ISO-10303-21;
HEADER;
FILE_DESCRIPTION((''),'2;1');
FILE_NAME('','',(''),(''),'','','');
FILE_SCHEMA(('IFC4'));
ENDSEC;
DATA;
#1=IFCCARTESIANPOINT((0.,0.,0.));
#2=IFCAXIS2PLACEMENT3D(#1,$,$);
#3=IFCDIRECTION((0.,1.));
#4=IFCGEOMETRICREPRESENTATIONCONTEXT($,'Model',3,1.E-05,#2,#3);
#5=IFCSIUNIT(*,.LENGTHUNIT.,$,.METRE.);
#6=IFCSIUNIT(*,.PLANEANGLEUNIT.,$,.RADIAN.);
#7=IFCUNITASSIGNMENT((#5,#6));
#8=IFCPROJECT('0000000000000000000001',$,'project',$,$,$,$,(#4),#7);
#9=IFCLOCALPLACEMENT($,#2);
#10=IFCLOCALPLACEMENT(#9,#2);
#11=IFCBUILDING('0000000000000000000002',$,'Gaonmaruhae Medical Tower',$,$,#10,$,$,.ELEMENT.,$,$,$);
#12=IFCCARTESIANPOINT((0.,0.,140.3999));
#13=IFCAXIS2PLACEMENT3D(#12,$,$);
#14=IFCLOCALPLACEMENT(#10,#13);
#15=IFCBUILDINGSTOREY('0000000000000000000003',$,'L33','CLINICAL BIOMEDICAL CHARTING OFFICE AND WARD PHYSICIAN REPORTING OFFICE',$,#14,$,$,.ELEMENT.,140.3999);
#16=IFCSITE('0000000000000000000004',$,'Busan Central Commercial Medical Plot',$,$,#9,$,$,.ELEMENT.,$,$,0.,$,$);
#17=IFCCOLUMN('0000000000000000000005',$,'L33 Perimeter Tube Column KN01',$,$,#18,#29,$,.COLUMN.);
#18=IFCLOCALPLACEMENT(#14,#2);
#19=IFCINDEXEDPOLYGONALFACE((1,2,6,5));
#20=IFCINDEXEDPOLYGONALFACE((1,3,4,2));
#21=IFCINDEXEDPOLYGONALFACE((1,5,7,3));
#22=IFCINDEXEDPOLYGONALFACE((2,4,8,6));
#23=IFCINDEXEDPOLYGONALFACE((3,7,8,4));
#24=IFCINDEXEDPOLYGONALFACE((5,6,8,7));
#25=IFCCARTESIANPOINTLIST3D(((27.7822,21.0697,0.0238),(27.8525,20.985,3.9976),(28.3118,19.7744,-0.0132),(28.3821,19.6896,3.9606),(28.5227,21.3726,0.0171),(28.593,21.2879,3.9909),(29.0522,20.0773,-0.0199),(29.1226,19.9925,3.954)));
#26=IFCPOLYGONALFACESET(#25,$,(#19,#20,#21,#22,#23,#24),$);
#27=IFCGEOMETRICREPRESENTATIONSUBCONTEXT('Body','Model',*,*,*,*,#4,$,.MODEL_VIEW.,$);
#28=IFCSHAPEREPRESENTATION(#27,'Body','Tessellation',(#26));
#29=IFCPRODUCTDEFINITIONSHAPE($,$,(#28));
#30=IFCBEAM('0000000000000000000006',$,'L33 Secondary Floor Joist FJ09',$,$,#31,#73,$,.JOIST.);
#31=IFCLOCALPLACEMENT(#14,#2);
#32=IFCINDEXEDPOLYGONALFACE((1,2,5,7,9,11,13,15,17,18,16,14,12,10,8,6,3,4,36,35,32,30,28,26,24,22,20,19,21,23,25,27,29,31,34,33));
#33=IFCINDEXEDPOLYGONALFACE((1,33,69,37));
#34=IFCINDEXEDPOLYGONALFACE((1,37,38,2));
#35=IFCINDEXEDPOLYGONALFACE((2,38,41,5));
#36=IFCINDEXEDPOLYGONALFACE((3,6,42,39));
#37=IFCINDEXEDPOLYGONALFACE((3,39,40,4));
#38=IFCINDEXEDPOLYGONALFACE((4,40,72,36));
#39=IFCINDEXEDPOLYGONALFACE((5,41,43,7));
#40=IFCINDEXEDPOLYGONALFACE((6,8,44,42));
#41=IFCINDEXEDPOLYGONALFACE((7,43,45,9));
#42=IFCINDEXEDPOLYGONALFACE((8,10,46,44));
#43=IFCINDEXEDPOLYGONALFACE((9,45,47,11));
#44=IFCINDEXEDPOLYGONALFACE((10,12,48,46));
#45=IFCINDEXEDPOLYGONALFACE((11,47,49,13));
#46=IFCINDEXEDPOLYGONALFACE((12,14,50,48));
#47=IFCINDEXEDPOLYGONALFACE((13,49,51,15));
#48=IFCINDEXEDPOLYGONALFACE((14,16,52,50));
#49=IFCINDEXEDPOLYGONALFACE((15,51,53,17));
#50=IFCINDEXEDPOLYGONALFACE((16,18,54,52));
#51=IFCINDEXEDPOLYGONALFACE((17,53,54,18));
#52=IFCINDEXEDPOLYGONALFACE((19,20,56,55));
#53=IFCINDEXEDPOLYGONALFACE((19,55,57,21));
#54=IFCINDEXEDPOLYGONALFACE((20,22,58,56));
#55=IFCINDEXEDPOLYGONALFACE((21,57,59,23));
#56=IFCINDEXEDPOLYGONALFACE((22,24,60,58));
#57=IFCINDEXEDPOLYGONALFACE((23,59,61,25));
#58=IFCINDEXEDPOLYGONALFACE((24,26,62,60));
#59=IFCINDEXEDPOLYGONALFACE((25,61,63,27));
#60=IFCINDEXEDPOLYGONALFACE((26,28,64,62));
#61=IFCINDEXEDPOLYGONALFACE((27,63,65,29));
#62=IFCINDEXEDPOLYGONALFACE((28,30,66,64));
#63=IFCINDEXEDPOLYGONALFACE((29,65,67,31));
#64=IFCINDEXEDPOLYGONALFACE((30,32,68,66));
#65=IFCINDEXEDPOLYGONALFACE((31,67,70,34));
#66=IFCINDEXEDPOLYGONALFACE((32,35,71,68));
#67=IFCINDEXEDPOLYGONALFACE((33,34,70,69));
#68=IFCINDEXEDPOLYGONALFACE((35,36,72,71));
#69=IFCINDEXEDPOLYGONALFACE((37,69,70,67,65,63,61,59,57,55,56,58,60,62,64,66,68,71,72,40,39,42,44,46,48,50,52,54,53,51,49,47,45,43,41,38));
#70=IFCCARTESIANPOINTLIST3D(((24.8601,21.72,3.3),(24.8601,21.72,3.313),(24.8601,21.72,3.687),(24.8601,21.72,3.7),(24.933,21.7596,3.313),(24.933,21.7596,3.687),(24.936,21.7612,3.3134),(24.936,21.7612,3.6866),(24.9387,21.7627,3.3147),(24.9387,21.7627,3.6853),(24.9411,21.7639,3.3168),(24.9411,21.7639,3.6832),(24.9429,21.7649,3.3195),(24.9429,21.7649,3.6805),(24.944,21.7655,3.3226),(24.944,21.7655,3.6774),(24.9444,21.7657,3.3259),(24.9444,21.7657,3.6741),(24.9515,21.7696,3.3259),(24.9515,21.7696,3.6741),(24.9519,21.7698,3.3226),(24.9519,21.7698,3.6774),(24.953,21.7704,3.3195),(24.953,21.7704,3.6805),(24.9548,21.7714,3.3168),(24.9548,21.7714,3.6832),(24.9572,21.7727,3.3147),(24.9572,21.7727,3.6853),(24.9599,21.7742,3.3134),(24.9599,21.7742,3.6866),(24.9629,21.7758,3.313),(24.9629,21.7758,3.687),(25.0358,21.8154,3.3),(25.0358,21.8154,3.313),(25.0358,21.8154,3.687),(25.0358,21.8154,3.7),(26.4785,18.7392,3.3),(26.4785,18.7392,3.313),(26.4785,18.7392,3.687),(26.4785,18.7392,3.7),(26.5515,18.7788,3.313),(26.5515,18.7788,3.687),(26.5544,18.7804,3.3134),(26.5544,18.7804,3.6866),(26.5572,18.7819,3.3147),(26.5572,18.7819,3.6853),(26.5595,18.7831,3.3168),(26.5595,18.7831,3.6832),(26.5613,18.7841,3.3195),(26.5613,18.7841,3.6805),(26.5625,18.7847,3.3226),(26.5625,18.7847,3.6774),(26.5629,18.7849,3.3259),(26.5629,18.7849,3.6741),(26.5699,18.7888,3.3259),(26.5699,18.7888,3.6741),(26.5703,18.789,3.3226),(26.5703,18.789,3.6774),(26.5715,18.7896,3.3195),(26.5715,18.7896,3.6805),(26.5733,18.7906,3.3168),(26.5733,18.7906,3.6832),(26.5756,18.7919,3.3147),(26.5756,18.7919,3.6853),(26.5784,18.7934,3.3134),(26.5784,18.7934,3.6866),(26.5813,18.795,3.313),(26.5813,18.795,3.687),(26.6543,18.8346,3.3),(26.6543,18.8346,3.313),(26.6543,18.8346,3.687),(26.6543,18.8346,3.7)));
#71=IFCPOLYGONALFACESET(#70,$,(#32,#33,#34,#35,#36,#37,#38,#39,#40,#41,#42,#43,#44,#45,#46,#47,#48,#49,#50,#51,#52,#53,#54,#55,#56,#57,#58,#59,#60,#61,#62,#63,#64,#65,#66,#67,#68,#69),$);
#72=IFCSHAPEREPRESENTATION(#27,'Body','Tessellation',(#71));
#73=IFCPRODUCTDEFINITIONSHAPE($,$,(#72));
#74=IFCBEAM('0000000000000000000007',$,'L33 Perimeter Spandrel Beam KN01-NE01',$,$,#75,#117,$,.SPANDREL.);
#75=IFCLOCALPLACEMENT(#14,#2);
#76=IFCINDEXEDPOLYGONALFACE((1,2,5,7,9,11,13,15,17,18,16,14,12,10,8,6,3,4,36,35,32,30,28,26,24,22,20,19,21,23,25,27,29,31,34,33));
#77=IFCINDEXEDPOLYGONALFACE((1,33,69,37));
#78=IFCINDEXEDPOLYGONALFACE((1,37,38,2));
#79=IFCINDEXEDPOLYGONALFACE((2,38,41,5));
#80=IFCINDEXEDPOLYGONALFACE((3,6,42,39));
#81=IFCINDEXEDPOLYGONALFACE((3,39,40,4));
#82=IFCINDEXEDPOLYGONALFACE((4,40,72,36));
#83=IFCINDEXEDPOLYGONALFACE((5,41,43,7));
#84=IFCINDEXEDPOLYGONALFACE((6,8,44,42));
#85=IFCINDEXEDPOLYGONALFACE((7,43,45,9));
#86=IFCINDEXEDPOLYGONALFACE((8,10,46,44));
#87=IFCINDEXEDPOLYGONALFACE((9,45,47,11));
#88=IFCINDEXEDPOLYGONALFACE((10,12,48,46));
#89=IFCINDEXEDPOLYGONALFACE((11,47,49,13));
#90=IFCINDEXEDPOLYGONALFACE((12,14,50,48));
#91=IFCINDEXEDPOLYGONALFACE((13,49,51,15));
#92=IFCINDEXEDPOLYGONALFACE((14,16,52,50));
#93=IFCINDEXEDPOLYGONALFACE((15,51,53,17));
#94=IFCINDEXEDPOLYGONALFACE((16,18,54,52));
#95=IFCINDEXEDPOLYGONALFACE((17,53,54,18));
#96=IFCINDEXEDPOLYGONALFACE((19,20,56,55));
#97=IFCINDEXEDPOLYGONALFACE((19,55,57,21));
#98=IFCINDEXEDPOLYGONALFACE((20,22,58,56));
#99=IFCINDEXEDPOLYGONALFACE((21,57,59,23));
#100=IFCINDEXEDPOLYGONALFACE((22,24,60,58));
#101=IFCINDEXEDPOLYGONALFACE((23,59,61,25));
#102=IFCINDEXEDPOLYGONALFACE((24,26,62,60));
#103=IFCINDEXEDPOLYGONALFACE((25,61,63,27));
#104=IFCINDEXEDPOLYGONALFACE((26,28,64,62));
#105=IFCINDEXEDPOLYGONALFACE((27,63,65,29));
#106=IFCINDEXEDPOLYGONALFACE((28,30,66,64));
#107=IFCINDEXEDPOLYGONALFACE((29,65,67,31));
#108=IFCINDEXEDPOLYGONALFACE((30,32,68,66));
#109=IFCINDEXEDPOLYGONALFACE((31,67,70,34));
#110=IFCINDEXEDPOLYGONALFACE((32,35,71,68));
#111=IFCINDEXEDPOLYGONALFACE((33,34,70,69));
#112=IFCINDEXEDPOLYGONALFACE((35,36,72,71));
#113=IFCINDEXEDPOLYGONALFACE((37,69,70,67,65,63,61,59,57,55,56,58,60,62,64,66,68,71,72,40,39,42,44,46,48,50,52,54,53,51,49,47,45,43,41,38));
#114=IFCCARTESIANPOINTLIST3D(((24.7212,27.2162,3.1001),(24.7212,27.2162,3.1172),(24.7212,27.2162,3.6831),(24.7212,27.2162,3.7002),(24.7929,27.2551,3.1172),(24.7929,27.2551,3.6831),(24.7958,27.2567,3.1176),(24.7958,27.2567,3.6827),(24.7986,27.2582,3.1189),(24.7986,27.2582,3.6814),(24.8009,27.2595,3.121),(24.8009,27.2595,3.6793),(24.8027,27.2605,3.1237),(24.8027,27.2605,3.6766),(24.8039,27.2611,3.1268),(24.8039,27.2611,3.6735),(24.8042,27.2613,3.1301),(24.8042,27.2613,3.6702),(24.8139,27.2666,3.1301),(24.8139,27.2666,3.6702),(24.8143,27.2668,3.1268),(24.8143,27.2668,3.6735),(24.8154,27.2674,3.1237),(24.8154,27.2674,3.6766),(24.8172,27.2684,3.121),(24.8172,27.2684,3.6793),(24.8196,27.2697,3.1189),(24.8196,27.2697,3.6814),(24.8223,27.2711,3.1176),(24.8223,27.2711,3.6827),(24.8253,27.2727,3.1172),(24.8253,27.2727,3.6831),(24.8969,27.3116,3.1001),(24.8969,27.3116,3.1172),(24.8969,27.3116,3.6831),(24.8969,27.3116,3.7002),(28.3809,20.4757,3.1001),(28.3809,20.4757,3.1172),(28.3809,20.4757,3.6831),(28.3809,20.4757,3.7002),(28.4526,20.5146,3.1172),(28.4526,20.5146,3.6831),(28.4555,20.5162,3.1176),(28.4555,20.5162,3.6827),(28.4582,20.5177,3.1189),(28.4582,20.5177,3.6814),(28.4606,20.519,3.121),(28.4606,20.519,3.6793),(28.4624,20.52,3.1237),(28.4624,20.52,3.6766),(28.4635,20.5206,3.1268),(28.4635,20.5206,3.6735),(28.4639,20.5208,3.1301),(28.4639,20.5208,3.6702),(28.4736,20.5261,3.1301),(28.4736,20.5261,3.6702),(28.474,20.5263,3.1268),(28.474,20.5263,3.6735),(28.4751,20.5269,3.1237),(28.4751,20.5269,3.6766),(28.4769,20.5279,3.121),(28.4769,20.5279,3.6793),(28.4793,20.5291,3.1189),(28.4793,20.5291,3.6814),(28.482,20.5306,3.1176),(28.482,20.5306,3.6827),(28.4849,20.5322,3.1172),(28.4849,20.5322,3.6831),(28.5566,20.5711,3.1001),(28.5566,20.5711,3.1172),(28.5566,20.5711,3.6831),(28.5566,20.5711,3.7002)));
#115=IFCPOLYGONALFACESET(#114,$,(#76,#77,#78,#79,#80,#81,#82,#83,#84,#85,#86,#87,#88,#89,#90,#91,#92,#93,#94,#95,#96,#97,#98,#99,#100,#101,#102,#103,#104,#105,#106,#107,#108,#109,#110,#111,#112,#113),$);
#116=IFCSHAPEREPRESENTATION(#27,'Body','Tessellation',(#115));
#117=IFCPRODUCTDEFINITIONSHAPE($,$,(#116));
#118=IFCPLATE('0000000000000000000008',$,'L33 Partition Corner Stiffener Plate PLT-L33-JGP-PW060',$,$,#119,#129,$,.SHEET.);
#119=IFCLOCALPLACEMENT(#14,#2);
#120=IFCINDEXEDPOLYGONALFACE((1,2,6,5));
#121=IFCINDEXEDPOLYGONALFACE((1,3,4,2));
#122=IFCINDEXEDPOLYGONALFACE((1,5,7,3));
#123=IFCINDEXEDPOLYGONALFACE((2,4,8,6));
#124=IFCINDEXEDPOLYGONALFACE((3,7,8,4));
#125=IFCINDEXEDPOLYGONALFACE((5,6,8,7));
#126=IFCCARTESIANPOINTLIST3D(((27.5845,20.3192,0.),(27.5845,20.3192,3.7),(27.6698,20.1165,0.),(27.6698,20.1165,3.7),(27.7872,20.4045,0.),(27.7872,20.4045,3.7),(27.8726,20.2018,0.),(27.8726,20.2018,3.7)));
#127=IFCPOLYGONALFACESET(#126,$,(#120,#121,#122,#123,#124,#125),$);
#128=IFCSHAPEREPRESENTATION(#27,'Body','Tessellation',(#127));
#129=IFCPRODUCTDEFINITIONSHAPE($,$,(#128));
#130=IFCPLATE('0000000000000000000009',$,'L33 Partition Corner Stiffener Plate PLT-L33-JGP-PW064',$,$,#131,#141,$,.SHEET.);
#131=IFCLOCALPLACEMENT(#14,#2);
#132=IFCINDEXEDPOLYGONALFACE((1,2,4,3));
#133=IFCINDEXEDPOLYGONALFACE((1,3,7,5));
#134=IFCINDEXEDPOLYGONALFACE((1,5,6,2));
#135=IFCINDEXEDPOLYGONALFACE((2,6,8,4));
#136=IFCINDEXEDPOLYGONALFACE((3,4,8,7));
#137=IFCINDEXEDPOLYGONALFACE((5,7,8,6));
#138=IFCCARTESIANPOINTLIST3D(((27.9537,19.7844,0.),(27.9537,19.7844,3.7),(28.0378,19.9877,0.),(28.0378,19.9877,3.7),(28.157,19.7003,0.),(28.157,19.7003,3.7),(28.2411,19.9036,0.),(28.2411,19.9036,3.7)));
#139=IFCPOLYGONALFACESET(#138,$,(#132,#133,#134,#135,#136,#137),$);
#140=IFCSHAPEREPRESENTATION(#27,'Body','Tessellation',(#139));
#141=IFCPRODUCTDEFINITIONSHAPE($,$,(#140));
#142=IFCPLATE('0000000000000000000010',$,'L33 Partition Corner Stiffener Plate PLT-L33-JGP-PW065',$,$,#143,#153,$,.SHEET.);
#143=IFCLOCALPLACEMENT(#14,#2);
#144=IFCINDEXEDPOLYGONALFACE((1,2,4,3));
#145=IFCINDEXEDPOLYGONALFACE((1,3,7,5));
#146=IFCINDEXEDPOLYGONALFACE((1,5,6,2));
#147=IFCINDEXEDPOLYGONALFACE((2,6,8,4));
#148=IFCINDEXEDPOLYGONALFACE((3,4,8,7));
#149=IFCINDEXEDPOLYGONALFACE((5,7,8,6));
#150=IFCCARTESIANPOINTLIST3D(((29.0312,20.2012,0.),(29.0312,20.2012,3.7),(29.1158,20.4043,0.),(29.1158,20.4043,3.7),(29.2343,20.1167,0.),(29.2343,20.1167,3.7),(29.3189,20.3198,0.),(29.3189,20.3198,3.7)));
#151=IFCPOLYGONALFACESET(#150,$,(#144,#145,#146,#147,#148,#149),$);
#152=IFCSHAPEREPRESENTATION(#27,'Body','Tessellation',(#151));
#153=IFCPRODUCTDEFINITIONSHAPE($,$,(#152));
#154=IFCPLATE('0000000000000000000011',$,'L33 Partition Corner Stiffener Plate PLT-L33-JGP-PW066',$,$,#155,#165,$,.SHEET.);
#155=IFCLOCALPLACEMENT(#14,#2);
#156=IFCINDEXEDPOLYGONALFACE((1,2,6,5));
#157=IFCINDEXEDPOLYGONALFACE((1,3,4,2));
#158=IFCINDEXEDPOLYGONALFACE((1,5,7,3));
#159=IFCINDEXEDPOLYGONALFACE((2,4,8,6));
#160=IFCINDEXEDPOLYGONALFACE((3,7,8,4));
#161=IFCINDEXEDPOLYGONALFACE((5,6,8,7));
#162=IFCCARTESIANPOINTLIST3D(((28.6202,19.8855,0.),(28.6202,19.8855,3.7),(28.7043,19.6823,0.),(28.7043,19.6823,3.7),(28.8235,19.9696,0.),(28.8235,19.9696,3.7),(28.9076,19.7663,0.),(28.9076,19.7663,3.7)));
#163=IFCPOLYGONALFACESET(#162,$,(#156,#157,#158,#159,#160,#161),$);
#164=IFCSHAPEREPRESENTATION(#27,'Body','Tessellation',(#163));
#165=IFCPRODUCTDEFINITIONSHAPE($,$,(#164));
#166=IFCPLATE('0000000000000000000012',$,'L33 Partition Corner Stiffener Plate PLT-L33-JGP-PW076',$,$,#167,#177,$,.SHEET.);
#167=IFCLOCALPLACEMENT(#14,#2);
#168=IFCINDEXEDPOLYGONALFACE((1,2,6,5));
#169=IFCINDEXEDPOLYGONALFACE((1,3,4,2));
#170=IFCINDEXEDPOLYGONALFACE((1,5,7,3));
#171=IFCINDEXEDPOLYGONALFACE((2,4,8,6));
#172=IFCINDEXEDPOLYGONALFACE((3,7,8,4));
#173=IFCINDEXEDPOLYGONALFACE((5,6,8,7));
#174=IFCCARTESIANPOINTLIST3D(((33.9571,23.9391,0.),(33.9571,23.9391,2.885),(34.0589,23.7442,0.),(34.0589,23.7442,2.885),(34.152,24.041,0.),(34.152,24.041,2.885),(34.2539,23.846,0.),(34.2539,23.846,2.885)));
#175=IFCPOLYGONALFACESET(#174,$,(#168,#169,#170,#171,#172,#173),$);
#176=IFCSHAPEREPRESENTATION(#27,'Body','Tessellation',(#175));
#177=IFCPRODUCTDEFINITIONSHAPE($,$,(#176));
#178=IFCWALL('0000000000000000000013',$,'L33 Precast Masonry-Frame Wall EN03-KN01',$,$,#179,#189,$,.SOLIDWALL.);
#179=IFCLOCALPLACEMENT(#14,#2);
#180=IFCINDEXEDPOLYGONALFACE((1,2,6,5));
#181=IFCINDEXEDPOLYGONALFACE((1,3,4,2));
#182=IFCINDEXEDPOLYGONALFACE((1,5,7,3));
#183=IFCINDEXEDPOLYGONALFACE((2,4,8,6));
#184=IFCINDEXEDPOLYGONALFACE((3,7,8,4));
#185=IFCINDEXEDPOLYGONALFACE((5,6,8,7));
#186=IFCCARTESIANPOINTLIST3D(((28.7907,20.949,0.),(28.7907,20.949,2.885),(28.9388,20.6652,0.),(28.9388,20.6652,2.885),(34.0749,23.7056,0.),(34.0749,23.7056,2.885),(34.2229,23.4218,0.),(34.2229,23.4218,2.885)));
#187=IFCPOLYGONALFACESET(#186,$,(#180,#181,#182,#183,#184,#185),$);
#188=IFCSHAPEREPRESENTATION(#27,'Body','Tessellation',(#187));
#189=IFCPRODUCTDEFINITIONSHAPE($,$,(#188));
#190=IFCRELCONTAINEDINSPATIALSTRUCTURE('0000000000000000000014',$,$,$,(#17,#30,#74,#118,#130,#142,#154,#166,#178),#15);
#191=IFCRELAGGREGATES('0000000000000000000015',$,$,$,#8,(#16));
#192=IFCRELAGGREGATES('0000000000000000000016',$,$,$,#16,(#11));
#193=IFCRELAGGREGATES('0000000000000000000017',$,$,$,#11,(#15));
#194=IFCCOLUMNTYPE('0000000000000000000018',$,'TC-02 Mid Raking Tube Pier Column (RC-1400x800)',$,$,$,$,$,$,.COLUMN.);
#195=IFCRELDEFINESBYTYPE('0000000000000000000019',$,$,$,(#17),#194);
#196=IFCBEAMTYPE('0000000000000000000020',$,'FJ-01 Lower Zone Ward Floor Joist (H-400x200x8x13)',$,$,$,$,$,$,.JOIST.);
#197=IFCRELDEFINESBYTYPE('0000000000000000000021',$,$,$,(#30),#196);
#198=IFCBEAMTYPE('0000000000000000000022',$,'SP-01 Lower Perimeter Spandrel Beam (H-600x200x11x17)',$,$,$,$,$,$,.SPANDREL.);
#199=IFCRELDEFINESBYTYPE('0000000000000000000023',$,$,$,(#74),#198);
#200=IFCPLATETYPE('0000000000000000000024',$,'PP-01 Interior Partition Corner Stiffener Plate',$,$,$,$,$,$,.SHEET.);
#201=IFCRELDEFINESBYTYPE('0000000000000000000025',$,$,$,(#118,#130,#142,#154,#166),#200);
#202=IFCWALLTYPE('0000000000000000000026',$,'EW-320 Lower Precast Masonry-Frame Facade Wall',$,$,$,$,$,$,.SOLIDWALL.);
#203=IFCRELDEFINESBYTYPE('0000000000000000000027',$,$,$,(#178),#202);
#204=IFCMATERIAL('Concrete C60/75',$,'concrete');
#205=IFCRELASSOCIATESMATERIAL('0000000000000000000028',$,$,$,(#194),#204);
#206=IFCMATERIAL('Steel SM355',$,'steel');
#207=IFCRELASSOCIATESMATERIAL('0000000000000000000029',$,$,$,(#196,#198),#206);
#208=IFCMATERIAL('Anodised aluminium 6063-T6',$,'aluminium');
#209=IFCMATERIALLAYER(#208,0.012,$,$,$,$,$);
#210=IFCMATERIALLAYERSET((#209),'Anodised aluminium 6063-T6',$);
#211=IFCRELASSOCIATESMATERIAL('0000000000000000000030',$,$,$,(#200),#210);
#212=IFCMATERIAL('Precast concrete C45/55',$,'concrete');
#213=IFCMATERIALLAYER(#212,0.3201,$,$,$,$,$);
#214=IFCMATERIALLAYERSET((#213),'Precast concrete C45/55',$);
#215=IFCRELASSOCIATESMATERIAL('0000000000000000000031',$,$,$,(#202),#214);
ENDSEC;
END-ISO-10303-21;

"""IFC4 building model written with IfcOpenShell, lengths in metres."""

from ifc_helpers import new_model, si_unit, direction, frame, frame_2d, origin, origin_2d, place, context, subcontext, project, spatial, rectangle, i_section, extrude, material, layer, layer_set, material_profile, profile_set, type_object, element, save


model = new_model("IFC4")

# Units and contexts
model_context = context("Model", 3, precision=1e-05, world=origin(), true_north=direction((0.0, 1.0)))
body_context = subcontext(model_context, "Body", "Model", "MODEL_VIEW")
ifc_project = project(units=[si_unit("LENGTHUNIT", "METRE"), si_unit("PLANEANGLEUNIT", "RADIAN")], contexts=[model_context])

# Site, building, storey
site_placement = place(None, origin())
site = spatial("IfcSite", under=ifc_project, at=site_placement, Name="Busan Central Commercial Medical Plot", CompositionType="ELEMENT", RefElevation=0.0)
building_placement = place(site_placement, origin())
building = spatial("IfcBuilding", under=site, at=building_placement, Name="Gaonmaruhae Medical Tower", CompositionType="ELEMENT")
storey_placement = place(building_placement, frame((0.0, 0.0, 140.3999)))
storey = spatial("IfcBuildingStorey", under=building, at=storey_placement, Name="L33", Description="CLINICAL BIOMEDICAL CHARTING OFFICE AND WARD PHYSICIAN REPORTING OFFICE", CompositionType="ELEMENT", Elevation=140.3999)

# Column
ifc_material_1 = material(Name="Concrete C60/75", Category="concrete")
ifc_material_profile_1 = material_profile(ifc_material_1, rectangle(XDim=1.3999, YDim=0.8, at=origin_2d()), Name="RC-1400x800")
ifc_profile_set_1 = profile_set([ifc_material_profile_1], Name="Concrete C60/75")
column_type = type_object("IfcColumnType", Name="TC-02 Mid Raking Tube Pier Column (RC-1400x800)", PredefinedType="COLUMN", material=ifc_profile_set_1)
column_placement = place(storey_placement, frame((28.4172, 20.5735, 0.002), z_axis=(0.017687, -0.02131, 0.999616), x_axis=(-0.378281, 0.925314, 0.026419)))
element("IfcColumn", 1, at=column_placement, inside=storey, type_object=column_type, Name="L33 Perimeter Tube Column KN01", PredefinedType="COLUMN", context=body_context, shape_type="SweptSolid", body=[
    extrude(rectangle(XDim=1.3999, YDim=0.8, at=origin_2d()), origin(), (0.0, 0.0, 1.0), 3.9753),
])

# Beams
ifc_material_2 = material(Name="Steel SM355", Category="steel")
ifc_material_profile_2 = material_profile(ifc_material_2, i_section(OverallWidth=0.2, OverallDepth=0.3999, WebThickness=0.0081, FlangeThickness=0.0129, FilletRadius=0.0129, at=origin_2d()), Name="H-400x200x8x13")
ifc_profile_set_2 = profile_set([ifc_material_profile_2], Name="Steel SM355")
beam_type_1 = type_object("IfcBeamType", Name="FJ-01 Lower Zone Ward Floor Joist (H-400x200x8x13)", PredefinedType="JOIST", material=ifc_profile_set_2)
beam_1_placement = place(storey_placement, frame((26.5664, 18.7869, 3.5), z_axis=(-0.477162, 0.878815, 0.0), x_axis=(-0.878815, -0.477162, 0.0)))
element("IfcBeam", 2, at=beam_1_placement, inside=storey, type_object=beam_type_1, Name="L33 Secondary Floor Joist FJ09", PredefinedType="JOIST", context=body_context, shape_type="SweptSolid", body=[
    extrude(i_section(OverallWidth=0.2, OverallDepth=0.3999, WebThickness=0.0081, FlangeThickness=0.0129, FilletRadius=0.0129, at=origin_2d()), origin(), (0.0, 0.0, 1.0), 3.3918),
])
ifc_material_profile_3 = material_profile(ifc_material_2, i_section(OverallWidth=0.2, OverallDepth=0.6001, WebThickness=0.011, FlangeThickness=0.0171, FilletRadius=0.0129, at=origin_2d()), Name="H-600x200x11x17")
ifc_profile_set_3 = profile_set([ifc_material_profile_3], Name="Steel SM355")
beam_type_2 = type_object("IfcBeamType", Name="SP-01 Lower Perimeter Spandrel Beam (H-600x200x11x17)", PredefinedType="SPANDREL", material=ifc_profile_set_3)
beam_2_placement = place(storey_placement, frame((28.4688, 20.5234, 3.4001), z_axis=(-0.477147, 0.878823, 0.0), x_axis=(-0.878823, -0.477147, 0.0)))
element("IfcBeam", 3, at=beam_2_placement, inside=storey, type_object=beam_type_2, Name="L33 Perimeter Spandrel Beam KN01-NE01", PredefinedType="SPANDREL", context=body_context, shape_type="SweptSolid", body=[
    extrude(i_section(OverallWidth=0.2, OverallDepth=0.6001, WebThickness=0.011, FlangeThickness=0.0171, FilletRadius=0.0129, at=origin_2d()), origin(), (0.0, 0.0, 1.0), 7.6699),
])

# Plates
ifc_material_3 = material(Name="Anodised aluminium 6063-T6", Category="aluminium")
ifc_layer_1 = layer(ifc_material_3, 0.012)
ifc_layer_set_1 = layer_set([ifc_layer_1], Name="Anodised aluminium 6063-T6")
plate_type = type_object("IfcPlateType", Name="PP-01 Interior Partition Corner Stiffener Plate", PredefinedType="SHEET", material=ifc_layer_set_1)
for number, where, z_axis, x_axis, name in (
    (4, (27.7285, 20.2605, 0.0), (0.0, 0.0, 1.0), (-0.387998, 0.92166, 0.0), "L33 Partition Corner Stiffener Plate PLT-L33-JGP-PW060"),
    (5, (28.0974, 19.844, 0.0), (0.0, 0.0, 1.0), (-0.924066, 0.382232, 0.0), "L33 Partition Corner Stiffener Plate PLT-L33-JGP-PW064"),
    (6, (29.175, 20.2605, 0.0), (0.0, 0.0, 1.0), (-0.384311, -0.923204, 0.0), "L33 Partition Corner Stiffener Plate PLT-L33-JGP-PW065"),
    (7, (28.7639, 19.8259, 0.0), (0.0, 0.0, 1.0), (-0.92406, -0.382248, 0.0), "L33 Partition Corner Stiffener Plate PLT-L33-JGP-PW066"),
):
    element("IfcPlate", number, at=place(storey_placement, frame(where, z_axis=z_axis, x_axis=x_axis)), inside=storey, type_object=plate_type, Name=name, PredefinedType="SHEET", context=body_context, shape_type="SweptSolid", body=[
        extrude(rectangle(XDim=0.22, YDim=0.22, at=origin_2d()), origin(), (0.0, 0.0, 1.0), 3.7),
    ])
plate_placement = place(storey_placement, frame((34.1055, 23.8926, 0.0), z_axis=(0.0, 0.0, 1.0), x_axis=(-0.463064, 0.886325, 0.0)))
element("IfcPlate", 8, at=plate_placement, inside=storey, type_object=plate_type, Name="L33 Partition Corner Stiffener Plate PLT-L33-JGP-PW076", PredefinedType="SHEET", context=body_context, shape_type="SweptSolid", body=[
    extrude(rectangle(XDim=0.22, YDim=0.22, at=origin_2d()), origin(), (0.0, 0.0, 1.0), 2.885),
])

# Wall
ifc_material_4 = material(Name="Precast concrete C45/55", Category="concrete")
ifc_layer_2 = layer(ifc_material_4, 0.3201)
ifc_layer_set_2 = layer_set([ifc_layer_2], Name="Precast concrete C45/55")
wall_type_1 = type_object("IfcWallType", Name="EW-320 Lower Precast Masonry-Frame Facade Wall", PredefinedType="SOLIDWALL", material=ifc_layer_set_2)
wall_1_placement = place(storey_placement, frame((28.8647, 20.8071, 0.0), z_axis=(0.0, 0.0, 1.0), x_axis=(0.88661, 0.462517, 0.0)))
element("IfcWall", 9, at=wall_1_placement, inside=storey, type_object=wall_type_1, Name="L33 Precast Masonry-Frame Wall EN03-KN01", PredefinedType="SOLIDWALL", context=body_context, shape_type="SweptSolid", body=[
    extrude(rectangle(XDim=5.96, YDim=0.3201, at=frame_2d((2.98, 0.0))), origin(), (0.0, 0.0, 1.0), 2.885),
])

save(model, "model.ifc")
